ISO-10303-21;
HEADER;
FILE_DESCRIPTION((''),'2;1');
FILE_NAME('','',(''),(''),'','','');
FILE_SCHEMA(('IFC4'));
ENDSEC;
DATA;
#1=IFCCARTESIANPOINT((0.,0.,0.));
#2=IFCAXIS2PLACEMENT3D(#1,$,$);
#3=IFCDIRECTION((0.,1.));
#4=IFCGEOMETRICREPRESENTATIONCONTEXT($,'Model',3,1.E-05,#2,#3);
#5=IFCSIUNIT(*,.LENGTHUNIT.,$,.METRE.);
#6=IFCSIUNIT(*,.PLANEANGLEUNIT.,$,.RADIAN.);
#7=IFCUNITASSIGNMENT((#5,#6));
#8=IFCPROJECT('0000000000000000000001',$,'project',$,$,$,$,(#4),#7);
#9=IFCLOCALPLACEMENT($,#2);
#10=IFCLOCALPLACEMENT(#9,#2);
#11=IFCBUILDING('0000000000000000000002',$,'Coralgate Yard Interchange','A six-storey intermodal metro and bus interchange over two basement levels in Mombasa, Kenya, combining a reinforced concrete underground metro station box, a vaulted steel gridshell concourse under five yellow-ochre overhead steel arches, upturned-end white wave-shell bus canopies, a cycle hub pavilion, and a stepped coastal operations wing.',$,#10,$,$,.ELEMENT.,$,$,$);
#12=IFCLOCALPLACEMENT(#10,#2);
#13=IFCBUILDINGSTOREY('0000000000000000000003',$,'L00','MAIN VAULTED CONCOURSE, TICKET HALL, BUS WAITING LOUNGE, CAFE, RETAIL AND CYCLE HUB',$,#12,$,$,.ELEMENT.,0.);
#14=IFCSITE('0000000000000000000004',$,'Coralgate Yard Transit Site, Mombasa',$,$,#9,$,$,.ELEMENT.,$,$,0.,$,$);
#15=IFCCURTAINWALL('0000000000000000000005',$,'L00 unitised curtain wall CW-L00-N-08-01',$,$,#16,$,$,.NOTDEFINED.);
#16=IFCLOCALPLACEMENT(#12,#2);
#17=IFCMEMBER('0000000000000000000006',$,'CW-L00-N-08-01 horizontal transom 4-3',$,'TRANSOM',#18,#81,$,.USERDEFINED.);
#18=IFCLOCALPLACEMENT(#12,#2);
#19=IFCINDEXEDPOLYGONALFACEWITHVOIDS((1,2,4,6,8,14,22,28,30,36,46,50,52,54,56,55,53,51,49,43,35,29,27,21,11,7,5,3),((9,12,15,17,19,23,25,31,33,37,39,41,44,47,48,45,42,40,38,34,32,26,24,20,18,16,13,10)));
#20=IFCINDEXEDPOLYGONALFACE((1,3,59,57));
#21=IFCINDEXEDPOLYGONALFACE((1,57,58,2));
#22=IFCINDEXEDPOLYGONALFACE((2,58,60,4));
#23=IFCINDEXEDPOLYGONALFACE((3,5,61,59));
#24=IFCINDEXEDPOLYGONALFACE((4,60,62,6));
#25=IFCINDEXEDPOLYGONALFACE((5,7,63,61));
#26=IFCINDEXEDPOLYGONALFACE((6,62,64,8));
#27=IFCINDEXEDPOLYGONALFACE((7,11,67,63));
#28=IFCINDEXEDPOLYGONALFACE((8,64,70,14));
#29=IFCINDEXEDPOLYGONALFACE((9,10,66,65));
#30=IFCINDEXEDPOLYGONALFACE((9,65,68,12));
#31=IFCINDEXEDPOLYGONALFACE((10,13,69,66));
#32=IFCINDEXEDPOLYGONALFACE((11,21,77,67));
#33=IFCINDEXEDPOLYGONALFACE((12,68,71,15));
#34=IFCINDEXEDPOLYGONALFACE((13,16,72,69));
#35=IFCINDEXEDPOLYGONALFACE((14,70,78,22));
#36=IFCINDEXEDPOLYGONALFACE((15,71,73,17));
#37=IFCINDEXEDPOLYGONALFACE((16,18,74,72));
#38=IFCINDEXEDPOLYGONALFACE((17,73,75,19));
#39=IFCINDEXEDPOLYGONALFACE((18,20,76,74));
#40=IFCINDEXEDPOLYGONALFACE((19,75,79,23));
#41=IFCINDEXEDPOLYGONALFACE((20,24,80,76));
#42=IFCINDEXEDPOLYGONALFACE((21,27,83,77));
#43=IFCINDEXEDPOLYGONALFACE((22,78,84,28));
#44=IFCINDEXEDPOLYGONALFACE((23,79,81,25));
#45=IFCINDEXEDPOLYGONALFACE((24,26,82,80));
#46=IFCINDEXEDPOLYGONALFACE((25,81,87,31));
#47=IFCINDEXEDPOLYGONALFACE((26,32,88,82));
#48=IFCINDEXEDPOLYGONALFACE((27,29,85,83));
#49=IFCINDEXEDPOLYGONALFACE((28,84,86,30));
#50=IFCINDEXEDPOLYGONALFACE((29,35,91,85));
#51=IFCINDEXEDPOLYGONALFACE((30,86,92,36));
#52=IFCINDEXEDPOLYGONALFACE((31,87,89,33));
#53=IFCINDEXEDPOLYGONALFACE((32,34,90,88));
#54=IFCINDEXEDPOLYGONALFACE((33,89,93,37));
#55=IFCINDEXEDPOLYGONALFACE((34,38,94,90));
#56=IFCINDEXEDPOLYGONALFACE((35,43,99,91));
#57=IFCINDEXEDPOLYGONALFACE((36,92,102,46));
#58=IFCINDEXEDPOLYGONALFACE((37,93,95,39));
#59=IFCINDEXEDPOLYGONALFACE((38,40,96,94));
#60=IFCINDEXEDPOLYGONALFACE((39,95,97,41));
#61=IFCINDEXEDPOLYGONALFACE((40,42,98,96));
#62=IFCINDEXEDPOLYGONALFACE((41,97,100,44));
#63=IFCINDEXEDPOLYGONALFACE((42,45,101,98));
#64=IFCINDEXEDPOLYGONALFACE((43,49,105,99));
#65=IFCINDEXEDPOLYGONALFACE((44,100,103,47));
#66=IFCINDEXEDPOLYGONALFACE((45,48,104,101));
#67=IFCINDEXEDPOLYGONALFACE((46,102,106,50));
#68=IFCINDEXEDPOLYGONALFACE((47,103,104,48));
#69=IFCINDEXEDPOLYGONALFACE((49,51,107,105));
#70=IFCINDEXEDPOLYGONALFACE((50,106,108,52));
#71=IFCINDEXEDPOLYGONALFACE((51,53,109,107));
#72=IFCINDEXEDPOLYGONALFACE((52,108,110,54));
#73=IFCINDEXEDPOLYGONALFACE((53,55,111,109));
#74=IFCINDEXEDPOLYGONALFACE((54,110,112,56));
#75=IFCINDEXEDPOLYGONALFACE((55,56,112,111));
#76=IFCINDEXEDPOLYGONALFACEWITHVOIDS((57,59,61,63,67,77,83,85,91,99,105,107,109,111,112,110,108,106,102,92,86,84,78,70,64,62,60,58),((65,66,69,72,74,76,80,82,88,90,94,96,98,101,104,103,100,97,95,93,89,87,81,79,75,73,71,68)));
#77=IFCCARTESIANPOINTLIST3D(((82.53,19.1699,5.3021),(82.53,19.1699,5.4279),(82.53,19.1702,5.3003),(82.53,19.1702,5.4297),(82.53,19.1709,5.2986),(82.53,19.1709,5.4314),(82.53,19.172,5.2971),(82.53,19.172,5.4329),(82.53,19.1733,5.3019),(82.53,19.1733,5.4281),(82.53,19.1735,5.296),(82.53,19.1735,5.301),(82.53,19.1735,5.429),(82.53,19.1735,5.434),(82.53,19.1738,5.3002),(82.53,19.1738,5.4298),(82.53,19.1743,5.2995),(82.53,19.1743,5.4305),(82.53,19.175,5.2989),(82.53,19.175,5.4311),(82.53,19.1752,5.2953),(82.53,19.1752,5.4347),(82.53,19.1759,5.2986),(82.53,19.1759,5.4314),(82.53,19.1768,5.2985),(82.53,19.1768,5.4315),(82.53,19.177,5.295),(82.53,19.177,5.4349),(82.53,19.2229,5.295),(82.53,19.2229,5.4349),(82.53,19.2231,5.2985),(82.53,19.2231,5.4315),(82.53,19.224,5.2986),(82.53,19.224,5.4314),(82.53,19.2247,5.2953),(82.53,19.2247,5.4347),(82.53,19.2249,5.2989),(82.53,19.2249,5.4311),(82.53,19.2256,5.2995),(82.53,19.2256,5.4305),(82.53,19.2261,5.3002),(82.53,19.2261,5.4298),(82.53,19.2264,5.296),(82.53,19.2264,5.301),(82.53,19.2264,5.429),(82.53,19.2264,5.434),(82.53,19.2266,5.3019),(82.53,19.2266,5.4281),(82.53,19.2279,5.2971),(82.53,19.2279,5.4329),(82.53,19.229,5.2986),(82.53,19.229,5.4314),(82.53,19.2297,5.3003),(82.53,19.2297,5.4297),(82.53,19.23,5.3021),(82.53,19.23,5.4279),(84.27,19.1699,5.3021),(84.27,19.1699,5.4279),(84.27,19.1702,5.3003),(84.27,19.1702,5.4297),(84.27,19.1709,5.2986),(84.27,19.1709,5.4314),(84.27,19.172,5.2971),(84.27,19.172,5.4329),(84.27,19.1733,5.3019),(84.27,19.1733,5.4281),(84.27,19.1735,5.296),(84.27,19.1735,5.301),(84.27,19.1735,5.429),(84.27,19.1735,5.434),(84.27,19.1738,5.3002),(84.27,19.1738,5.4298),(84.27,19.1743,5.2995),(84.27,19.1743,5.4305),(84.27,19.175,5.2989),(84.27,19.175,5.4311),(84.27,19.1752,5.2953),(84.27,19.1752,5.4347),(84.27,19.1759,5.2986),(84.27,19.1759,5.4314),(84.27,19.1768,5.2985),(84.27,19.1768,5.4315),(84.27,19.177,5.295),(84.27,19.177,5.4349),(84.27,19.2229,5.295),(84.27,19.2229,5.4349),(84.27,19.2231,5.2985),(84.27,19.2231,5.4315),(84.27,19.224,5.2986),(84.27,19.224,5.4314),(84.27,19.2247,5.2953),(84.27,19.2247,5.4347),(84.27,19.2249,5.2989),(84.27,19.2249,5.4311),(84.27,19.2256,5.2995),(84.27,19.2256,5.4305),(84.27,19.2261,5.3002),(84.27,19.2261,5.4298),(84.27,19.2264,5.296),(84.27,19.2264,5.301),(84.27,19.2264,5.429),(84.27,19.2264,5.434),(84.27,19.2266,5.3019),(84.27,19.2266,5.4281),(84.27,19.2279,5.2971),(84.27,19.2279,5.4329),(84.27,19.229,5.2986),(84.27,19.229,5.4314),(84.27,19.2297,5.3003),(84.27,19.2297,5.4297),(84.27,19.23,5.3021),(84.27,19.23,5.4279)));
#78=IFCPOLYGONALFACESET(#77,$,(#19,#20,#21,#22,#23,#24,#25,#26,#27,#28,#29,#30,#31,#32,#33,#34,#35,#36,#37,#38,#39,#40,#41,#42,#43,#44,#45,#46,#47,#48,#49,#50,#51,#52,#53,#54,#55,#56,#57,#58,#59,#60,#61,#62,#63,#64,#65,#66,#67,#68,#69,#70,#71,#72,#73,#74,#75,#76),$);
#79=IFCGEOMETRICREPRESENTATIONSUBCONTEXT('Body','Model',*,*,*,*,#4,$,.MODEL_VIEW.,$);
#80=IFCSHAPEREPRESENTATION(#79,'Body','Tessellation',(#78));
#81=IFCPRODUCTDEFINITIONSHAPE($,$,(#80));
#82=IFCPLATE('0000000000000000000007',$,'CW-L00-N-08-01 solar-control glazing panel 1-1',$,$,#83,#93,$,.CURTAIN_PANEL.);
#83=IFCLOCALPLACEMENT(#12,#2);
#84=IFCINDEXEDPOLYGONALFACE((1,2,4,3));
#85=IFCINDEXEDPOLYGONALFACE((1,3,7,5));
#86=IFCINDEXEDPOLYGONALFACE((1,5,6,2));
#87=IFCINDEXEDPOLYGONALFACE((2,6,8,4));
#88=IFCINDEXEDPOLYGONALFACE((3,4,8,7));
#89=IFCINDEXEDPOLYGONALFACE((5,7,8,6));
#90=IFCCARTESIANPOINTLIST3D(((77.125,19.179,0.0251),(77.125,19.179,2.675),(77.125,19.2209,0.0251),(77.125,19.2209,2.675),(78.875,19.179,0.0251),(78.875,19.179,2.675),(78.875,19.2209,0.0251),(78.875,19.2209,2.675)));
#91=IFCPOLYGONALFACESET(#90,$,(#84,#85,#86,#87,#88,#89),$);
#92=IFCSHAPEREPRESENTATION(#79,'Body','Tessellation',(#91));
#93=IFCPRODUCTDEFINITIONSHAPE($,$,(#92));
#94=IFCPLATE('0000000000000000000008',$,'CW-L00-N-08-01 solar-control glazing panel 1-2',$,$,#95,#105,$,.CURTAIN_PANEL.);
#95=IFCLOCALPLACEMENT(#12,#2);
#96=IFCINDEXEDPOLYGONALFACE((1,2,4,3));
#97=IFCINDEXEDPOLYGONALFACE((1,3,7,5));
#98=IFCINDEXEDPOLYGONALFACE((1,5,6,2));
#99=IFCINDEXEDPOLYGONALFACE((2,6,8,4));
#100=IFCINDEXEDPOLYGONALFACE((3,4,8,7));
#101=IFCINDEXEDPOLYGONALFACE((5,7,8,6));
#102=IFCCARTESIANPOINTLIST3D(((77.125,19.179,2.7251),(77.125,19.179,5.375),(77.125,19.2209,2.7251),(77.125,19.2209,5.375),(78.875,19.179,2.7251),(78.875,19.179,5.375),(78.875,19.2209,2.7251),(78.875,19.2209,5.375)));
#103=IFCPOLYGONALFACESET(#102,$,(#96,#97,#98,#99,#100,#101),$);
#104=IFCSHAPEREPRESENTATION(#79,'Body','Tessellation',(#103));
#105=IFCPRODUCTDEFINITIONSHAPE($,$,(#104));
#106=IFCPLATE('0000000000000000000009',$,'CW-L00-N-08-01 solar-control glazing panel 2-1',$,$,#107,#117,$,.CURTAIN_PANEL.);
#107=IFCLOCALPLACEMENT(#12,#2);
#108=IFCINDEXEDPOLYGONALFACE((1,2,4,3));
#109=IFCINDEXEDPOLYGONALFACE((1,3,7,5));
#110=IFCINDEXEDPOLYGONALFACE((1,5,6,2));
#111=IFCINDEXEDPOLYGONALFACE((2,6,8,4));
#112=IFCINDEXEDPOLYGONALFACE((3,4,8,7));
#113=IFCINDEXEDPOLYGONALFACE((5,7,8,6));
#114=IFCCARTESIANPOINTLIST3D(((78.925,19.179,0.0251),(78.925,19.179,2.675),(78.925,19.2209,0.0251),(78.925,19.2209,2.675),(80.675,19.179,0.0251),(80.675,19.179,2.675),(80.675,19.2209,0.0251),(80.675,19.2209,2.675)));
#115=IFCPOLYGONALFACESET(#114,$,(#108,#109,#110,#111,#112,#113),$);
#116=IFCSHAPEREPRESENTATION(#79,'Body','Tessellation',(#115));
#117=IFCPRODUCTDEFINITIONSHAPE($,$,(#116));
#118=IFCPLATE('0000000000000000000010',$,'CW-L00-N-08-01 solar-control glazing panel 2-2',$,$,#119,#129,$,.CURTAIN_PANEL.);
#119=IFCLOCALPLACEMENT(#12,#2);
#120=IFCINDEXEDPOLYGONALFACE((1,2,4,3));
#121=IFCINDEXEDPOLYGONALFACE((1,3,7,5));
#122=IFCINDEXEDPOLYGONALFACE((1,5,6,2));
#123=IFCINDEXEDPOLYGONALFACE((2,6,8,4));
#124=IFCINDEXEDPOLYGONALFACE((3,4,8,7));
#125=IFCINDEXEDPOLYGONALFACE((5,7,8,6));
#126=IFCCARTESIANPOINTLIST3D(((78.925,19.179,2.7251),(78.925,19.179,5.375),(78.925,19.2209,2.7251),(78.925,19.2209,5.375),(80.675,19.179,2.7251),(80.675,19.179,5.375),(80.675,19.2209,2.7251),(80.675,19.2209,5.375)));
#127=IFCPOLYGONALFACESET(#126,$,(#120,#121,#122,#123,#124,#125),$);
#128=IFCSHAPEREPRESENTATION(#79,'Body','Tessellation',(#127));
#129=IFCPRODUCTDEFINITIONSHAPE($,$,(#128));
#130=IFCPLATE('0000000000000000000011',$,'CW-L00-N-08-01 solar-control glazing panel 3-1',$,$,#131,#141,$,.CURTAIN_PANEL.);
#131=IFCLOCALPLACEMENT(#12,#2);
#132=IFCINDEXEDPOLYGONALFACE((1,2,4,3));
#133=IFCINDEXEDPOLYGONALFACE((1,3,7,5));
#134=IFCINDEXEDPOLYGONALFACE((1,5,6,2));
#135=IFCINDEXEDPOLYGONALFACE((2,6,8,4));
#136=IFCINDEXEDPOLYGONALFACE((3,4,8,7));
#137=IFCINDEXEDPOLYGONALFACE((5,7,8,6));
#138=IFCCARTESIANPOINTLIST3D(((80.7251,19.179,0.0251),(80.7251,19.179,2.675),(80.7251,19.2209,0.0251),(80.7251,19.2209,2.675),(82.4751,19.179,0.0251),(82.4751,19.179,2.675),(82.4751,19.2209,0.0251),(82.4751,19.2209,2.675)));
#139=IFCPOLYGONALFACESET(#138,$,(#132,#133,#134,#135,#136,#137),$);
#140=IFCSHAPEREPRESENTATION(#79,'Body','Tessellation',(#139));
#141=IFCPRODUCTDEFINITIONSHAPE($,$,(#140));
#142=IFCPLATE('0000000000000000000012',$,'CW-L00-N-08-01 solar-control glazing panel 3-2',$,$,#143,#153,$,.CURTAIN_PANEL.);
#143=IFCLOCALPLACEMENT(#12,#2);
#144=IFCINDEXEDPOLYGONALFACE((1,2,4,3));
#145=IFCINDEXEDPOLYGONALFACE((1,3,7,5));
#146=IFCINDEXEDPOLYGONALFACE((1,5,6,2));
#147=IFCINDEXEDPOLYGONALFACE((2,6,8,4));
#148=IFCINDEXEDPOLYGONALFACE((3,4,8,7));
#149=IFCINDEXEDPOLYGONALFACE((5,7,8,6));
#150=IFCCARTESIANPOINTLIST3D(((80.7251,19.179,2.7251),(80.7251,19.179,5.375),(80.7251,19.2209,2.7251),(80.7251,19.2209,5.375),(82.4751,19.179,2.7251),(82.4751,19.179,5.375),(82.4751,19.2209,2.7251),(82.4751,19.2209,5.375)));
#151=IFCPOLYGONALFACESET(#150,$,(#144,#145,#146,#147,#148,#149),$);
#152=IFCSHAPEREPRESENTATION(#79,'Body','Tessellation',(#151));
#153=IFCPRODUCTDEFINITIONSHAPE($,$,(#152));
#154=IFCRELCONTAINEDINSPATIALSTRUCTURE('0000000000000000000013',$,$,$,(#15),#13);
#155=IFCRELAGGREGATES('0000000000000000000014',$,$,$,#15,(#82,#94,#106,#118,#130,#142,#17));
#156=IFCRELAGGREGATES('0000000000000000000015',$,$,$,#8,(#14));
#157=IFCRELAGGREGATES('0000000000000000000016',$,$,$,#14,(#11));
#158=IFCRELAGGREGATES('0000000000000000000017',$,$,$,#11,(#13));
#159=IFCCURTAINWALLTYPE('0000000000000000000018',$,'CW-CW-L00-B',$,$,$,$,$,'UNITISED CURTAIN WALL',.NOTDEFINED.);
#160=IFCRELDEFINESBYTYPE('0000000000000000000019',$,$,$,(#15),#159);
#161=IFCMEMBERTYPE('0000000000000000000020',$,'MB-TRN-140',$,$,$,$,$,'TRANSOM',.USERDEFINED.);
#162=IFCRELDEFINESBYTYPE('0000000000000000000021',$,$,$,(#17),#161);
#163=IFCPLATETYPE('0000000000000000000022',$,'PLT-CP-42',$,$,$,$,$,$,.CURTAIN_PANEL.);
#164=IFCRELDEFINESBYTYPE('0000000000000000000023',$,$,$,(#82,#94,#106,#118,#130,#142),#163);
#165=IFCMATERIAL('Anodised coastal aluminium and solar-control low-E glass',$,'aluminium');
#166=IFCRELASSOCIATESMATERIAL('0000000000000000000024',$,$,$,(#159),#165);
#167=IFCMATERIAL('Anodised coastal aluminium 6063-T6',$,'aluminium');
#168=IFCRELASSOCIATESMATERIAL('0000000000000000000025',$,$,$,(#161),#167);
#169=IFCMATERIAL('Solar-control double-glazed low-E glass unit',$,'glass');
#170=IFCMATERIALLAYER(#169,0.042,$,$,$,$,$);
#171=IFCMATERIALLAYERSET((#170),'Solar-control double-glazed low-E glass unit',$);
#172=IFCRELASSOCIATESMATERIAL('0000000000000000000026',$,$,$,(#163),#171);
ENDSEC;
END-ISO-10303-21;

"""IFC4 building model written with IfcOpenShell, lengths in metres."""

from ifc_helpers import new_model, si_unit, direction, frame, origin, origin_2d, place, context, subcontext, project, spatial, rectangle, hollow_rectangle, extrude, material, layer, layer_set, material_profile, profile_set, type_object, element, aggregate, save


model = new_model("IFC4")

# Units and contexts
model_context = context("Model", 3, precision=1e-05, world=origin(), true_north=direction((0.0, 1.0)))
body_context = subcontext(model_context, "Body", "Model", "MODEL_VIEW")
ifc_project = project(units=[si_unit("LENGTHUNIT", "METRE"), si_unit("PLANEANGLEUNIT", "RADIAN")], contexts=[model_context])

# Site, building, storey
site_placement = place(None, origin())
site = spatial("IfcSite", under=ifc_project, at=site_placement, Name="Coralgate Yard Transit Site, Mombasa", CompositionType="ELEMENT", RefElevation=0.0)
building_placement = place(site_placement, origin())
building = spatial("IfcBuilding", under=site, at=building_placement, Name="Coralgate Yard Interchange", Description="A six-storey intermodal metro and bus interchange over two basement levels in Mombasa, Kenya, combining a reinforced concrete underground metro station box, a vaulted steel gridshell concourse under five yellow-ochre overhead steel arches, upturned-end white wave-shell bus canopies, a cycle hub pavilion, and a stepped coastal operations wing.", CompositionType="ELEMENT")
storey_placement = place(building_placement, origin())
storey = spatial("IfcBuildingStorey", under=building, at=storey_placement, Name="L00", Description="MAIN VAULTED CONCOURSE, TICKET HALL, BUS WAITING LOUNGE, CAFE, RETAIL AND CYCLE HUB", CompositionType="ELEMENT", Elevation=0.0)

# Curtain wall, member, plates
ifc_material_1 = material(Name="Anodised coastal aluminium and solar-control low-E glass", Category="aluminium")
curtain_wall_type = type_object("IfcCurtainWallType", Name="CW-CW-L00-B", ElementType="UNITISED CURTAIN WALL", PredefinedType="NOTDEFINED", material=ifc_material_1)
curtain_wall_placement = place(storey_placement, origin())
curtain_wall = element("IfcCurtainWall", 1, at=curtain_wall_placement, inside=storey, type_object=curtain_wall_type, Name="L00 unitised curtain wall CW-L00-N-08-01", PredefinedType="NOTDEFINED")
ifc_material_2 = material(Name="Anodised coastal aluminium 6063-T6", Category="aluminium")
ifc_material_profile_1 = material_profile(ifc_material_2, hollow_rectangle(XDim=0.0601, YDim=0.1399, WallThickness=0.0034, InnerFilletRadius=0.0034, OuterFilletRadius=0.0071, at=origin_2d()), Name="ALU 60x140x3.5")
ifc_profile_set_1 = profile_set([ifc_material_profile_1], Name="Anodised coastal aluminium 6063-T6")
member_type_1 = type_object("IfcMemberType", Name="MB-TRN-140", ElementType="TRANSOM", PredefinedType="USERDEFINED", material=ifc_profile_set_1)
member_1_placement = place(storey_placement, frame((82.53, 19.2, 5.365), z_axis=(1.0, 0.0, 0.0), x_axis=(0.0, 1.0, 0.0)))
member_1 = element("IfcMember", 2, at=member_1_placement, type_object=member_type_1, Name="CW-L00-N-08-01 horizontal transom 4-3", ObjectType="TRANSOM", PredefinedType="USERDEFINED", context=body_context, shape_type="SweptSolid", body=[
    extrude(hollow_rectangle(XDim=0.0601, YDim=0.1399, WallThickness=0.0034, InnerFilletRadius=0.0034, OuterFilletRadius=0.0071, at=origin_2d()), origin(), (0.0, 0.0, 1.0), 1.74),
])
ifc_material_3 = material(Name="Solar-control double-glazed low-E glass unit", Category="glass")
ifc_layer = layer(ifc_material_3, 0.042)
ifc_layer_set = layer_set([ifc_layer], Name="Solar-control double-glazed low-E glass unit")
plate_type = type_object("IfcPlateType", Name="PLT-CP-42", PredefinedType="CURTAIN_PANEL", material=ifc_layer_set)
plate_1_placement = place(storey_placement, frame((78.0, 19.2, 0.0251), z_axis=(0.0, 0.0, 1.0), x_axis=(1.0, 0.0, 0.0)))
plate_1 = element("IfcPlate", 3, at=plate_1_placement, type_object=plate_type, Name="CW-L00-N-08-01 solar-control glazing panel 1-1", PredefinedType="CURTAIN_PANEL", context=body_context, shape_type="SweptSolid", body=[
    extrude(rectangle(XDim=1.75, YDim=0.042, at=origin_2d()), origin(), (0.0, 0.0, 1.0), 2.6499),
])
plate_2_placement = place(storey_placement, frame((78.0, 19.2, 2.7251), z_axis=(0.0, 0.0, 1.0), x_axis=(1.0, 0.0, 0.0)))
plate_2 = element("IfcPlate", 4, at=plate_2_placement, type_object=plate_type, Name="CW-L00-N-08-01 solar-control glazing panel 1-2", PredefinedType="CURTAIN_PANEL", context=body_context, shape_type="SweptSolid", body=[
    extrude(rectangle(XDim=1.75, YDim=0.042, at=origin_2d()), origin(), (0.0, 0.0, 1.0), 2.6499),
])
plate_3_placement = place(storey_placement, frame((79.8, 19.2, 0.0251), z_axis=(0.0, 0.0, 1.0), x_axis=(1.0, 0.0, 0.0)))
plate_3 = element("IfcPlate", 5, at=plate_3_placement, type_object=plate_type, Name="CW-L00-N-08-01 solar-control glazing panel 2-1", PredefinedType="CURTAIN_PANEL", context=body_context, shape_type="SweptSolid", body=[
    extrude(rectangle(XDim=1.75, YDim=0.042, at=origin_2d()), origin(), (0.0, 0.0, 1.0), 2.6499),
])
plate_4_placement = place(storey_placement, frame((79.8, 19.2, 2.7251), z_axis=(0.0, 0.0, 1.0), x_axis=(1.0, 0.0, 0.0)))
plate_4 = element("IfcPlate", 6, at=plate_4_placement, type_object=plate_type, Name="CW-L00-N-08-01 solar-control glazing panel 2-2", PredefinedType="CURTAIN_PANEL", context=body_context, shape_type="SweptSolid", body=[
    extrude(rectangle(XDim=1.75, YDim=0.042, at=origin_2d()), origin(), (0.0, 0.0, 1.0), 2.6499),
])
plate_5_placement = place(storey_placement, frame((81.6001, 19.2, 0.0251), z_axis=(0.0, 0.0, 1.0), x_axis=(1.0, 0.0, 0.0)))
plate_5 = element("IfcPlate", 7, at=plate_5_placement, type_object=plate_type, Name="CW-L00-N-08-01 solar-control glazing panel 3-1", PredefinedType="CURTAIN_PANEL", context=body_context, shape_type="SweptSolid", body=[
    extrude(rectangle(XDim=1.75, YDim=0.042, at=origin_2d()), origin(), (0.0, 0.0, 1.0), 2.6499),
])
plate_6_placement = place(storey_placement, frame((81.6001, 19.2, 2.7251), z_axis=(0.0, 0.0, 1.0), x_axis=(1.0, 0.0, 0.0)))
plate_6 = element("IfcPlate", 8, at=plate_6_placement, type_object=plate_type, Name="CW-L00-N-08-01 solar-control glazing panel 3-2", PredefinedType="CURTAIN_PANEL", context=body_context, shape_type="SweptSolid", body=[
    extrude(rectangle(XDim=1.75, YDim=0.042, at=origin_2d()), origin(), (0.0, 0.0, 1.0), 2.6499),
])
aggregate(curtain_wall, [plate_1, plate_2, plate_3, plate_4, plate_5, plate_6, member_1])

save(model, "model.ifc")
